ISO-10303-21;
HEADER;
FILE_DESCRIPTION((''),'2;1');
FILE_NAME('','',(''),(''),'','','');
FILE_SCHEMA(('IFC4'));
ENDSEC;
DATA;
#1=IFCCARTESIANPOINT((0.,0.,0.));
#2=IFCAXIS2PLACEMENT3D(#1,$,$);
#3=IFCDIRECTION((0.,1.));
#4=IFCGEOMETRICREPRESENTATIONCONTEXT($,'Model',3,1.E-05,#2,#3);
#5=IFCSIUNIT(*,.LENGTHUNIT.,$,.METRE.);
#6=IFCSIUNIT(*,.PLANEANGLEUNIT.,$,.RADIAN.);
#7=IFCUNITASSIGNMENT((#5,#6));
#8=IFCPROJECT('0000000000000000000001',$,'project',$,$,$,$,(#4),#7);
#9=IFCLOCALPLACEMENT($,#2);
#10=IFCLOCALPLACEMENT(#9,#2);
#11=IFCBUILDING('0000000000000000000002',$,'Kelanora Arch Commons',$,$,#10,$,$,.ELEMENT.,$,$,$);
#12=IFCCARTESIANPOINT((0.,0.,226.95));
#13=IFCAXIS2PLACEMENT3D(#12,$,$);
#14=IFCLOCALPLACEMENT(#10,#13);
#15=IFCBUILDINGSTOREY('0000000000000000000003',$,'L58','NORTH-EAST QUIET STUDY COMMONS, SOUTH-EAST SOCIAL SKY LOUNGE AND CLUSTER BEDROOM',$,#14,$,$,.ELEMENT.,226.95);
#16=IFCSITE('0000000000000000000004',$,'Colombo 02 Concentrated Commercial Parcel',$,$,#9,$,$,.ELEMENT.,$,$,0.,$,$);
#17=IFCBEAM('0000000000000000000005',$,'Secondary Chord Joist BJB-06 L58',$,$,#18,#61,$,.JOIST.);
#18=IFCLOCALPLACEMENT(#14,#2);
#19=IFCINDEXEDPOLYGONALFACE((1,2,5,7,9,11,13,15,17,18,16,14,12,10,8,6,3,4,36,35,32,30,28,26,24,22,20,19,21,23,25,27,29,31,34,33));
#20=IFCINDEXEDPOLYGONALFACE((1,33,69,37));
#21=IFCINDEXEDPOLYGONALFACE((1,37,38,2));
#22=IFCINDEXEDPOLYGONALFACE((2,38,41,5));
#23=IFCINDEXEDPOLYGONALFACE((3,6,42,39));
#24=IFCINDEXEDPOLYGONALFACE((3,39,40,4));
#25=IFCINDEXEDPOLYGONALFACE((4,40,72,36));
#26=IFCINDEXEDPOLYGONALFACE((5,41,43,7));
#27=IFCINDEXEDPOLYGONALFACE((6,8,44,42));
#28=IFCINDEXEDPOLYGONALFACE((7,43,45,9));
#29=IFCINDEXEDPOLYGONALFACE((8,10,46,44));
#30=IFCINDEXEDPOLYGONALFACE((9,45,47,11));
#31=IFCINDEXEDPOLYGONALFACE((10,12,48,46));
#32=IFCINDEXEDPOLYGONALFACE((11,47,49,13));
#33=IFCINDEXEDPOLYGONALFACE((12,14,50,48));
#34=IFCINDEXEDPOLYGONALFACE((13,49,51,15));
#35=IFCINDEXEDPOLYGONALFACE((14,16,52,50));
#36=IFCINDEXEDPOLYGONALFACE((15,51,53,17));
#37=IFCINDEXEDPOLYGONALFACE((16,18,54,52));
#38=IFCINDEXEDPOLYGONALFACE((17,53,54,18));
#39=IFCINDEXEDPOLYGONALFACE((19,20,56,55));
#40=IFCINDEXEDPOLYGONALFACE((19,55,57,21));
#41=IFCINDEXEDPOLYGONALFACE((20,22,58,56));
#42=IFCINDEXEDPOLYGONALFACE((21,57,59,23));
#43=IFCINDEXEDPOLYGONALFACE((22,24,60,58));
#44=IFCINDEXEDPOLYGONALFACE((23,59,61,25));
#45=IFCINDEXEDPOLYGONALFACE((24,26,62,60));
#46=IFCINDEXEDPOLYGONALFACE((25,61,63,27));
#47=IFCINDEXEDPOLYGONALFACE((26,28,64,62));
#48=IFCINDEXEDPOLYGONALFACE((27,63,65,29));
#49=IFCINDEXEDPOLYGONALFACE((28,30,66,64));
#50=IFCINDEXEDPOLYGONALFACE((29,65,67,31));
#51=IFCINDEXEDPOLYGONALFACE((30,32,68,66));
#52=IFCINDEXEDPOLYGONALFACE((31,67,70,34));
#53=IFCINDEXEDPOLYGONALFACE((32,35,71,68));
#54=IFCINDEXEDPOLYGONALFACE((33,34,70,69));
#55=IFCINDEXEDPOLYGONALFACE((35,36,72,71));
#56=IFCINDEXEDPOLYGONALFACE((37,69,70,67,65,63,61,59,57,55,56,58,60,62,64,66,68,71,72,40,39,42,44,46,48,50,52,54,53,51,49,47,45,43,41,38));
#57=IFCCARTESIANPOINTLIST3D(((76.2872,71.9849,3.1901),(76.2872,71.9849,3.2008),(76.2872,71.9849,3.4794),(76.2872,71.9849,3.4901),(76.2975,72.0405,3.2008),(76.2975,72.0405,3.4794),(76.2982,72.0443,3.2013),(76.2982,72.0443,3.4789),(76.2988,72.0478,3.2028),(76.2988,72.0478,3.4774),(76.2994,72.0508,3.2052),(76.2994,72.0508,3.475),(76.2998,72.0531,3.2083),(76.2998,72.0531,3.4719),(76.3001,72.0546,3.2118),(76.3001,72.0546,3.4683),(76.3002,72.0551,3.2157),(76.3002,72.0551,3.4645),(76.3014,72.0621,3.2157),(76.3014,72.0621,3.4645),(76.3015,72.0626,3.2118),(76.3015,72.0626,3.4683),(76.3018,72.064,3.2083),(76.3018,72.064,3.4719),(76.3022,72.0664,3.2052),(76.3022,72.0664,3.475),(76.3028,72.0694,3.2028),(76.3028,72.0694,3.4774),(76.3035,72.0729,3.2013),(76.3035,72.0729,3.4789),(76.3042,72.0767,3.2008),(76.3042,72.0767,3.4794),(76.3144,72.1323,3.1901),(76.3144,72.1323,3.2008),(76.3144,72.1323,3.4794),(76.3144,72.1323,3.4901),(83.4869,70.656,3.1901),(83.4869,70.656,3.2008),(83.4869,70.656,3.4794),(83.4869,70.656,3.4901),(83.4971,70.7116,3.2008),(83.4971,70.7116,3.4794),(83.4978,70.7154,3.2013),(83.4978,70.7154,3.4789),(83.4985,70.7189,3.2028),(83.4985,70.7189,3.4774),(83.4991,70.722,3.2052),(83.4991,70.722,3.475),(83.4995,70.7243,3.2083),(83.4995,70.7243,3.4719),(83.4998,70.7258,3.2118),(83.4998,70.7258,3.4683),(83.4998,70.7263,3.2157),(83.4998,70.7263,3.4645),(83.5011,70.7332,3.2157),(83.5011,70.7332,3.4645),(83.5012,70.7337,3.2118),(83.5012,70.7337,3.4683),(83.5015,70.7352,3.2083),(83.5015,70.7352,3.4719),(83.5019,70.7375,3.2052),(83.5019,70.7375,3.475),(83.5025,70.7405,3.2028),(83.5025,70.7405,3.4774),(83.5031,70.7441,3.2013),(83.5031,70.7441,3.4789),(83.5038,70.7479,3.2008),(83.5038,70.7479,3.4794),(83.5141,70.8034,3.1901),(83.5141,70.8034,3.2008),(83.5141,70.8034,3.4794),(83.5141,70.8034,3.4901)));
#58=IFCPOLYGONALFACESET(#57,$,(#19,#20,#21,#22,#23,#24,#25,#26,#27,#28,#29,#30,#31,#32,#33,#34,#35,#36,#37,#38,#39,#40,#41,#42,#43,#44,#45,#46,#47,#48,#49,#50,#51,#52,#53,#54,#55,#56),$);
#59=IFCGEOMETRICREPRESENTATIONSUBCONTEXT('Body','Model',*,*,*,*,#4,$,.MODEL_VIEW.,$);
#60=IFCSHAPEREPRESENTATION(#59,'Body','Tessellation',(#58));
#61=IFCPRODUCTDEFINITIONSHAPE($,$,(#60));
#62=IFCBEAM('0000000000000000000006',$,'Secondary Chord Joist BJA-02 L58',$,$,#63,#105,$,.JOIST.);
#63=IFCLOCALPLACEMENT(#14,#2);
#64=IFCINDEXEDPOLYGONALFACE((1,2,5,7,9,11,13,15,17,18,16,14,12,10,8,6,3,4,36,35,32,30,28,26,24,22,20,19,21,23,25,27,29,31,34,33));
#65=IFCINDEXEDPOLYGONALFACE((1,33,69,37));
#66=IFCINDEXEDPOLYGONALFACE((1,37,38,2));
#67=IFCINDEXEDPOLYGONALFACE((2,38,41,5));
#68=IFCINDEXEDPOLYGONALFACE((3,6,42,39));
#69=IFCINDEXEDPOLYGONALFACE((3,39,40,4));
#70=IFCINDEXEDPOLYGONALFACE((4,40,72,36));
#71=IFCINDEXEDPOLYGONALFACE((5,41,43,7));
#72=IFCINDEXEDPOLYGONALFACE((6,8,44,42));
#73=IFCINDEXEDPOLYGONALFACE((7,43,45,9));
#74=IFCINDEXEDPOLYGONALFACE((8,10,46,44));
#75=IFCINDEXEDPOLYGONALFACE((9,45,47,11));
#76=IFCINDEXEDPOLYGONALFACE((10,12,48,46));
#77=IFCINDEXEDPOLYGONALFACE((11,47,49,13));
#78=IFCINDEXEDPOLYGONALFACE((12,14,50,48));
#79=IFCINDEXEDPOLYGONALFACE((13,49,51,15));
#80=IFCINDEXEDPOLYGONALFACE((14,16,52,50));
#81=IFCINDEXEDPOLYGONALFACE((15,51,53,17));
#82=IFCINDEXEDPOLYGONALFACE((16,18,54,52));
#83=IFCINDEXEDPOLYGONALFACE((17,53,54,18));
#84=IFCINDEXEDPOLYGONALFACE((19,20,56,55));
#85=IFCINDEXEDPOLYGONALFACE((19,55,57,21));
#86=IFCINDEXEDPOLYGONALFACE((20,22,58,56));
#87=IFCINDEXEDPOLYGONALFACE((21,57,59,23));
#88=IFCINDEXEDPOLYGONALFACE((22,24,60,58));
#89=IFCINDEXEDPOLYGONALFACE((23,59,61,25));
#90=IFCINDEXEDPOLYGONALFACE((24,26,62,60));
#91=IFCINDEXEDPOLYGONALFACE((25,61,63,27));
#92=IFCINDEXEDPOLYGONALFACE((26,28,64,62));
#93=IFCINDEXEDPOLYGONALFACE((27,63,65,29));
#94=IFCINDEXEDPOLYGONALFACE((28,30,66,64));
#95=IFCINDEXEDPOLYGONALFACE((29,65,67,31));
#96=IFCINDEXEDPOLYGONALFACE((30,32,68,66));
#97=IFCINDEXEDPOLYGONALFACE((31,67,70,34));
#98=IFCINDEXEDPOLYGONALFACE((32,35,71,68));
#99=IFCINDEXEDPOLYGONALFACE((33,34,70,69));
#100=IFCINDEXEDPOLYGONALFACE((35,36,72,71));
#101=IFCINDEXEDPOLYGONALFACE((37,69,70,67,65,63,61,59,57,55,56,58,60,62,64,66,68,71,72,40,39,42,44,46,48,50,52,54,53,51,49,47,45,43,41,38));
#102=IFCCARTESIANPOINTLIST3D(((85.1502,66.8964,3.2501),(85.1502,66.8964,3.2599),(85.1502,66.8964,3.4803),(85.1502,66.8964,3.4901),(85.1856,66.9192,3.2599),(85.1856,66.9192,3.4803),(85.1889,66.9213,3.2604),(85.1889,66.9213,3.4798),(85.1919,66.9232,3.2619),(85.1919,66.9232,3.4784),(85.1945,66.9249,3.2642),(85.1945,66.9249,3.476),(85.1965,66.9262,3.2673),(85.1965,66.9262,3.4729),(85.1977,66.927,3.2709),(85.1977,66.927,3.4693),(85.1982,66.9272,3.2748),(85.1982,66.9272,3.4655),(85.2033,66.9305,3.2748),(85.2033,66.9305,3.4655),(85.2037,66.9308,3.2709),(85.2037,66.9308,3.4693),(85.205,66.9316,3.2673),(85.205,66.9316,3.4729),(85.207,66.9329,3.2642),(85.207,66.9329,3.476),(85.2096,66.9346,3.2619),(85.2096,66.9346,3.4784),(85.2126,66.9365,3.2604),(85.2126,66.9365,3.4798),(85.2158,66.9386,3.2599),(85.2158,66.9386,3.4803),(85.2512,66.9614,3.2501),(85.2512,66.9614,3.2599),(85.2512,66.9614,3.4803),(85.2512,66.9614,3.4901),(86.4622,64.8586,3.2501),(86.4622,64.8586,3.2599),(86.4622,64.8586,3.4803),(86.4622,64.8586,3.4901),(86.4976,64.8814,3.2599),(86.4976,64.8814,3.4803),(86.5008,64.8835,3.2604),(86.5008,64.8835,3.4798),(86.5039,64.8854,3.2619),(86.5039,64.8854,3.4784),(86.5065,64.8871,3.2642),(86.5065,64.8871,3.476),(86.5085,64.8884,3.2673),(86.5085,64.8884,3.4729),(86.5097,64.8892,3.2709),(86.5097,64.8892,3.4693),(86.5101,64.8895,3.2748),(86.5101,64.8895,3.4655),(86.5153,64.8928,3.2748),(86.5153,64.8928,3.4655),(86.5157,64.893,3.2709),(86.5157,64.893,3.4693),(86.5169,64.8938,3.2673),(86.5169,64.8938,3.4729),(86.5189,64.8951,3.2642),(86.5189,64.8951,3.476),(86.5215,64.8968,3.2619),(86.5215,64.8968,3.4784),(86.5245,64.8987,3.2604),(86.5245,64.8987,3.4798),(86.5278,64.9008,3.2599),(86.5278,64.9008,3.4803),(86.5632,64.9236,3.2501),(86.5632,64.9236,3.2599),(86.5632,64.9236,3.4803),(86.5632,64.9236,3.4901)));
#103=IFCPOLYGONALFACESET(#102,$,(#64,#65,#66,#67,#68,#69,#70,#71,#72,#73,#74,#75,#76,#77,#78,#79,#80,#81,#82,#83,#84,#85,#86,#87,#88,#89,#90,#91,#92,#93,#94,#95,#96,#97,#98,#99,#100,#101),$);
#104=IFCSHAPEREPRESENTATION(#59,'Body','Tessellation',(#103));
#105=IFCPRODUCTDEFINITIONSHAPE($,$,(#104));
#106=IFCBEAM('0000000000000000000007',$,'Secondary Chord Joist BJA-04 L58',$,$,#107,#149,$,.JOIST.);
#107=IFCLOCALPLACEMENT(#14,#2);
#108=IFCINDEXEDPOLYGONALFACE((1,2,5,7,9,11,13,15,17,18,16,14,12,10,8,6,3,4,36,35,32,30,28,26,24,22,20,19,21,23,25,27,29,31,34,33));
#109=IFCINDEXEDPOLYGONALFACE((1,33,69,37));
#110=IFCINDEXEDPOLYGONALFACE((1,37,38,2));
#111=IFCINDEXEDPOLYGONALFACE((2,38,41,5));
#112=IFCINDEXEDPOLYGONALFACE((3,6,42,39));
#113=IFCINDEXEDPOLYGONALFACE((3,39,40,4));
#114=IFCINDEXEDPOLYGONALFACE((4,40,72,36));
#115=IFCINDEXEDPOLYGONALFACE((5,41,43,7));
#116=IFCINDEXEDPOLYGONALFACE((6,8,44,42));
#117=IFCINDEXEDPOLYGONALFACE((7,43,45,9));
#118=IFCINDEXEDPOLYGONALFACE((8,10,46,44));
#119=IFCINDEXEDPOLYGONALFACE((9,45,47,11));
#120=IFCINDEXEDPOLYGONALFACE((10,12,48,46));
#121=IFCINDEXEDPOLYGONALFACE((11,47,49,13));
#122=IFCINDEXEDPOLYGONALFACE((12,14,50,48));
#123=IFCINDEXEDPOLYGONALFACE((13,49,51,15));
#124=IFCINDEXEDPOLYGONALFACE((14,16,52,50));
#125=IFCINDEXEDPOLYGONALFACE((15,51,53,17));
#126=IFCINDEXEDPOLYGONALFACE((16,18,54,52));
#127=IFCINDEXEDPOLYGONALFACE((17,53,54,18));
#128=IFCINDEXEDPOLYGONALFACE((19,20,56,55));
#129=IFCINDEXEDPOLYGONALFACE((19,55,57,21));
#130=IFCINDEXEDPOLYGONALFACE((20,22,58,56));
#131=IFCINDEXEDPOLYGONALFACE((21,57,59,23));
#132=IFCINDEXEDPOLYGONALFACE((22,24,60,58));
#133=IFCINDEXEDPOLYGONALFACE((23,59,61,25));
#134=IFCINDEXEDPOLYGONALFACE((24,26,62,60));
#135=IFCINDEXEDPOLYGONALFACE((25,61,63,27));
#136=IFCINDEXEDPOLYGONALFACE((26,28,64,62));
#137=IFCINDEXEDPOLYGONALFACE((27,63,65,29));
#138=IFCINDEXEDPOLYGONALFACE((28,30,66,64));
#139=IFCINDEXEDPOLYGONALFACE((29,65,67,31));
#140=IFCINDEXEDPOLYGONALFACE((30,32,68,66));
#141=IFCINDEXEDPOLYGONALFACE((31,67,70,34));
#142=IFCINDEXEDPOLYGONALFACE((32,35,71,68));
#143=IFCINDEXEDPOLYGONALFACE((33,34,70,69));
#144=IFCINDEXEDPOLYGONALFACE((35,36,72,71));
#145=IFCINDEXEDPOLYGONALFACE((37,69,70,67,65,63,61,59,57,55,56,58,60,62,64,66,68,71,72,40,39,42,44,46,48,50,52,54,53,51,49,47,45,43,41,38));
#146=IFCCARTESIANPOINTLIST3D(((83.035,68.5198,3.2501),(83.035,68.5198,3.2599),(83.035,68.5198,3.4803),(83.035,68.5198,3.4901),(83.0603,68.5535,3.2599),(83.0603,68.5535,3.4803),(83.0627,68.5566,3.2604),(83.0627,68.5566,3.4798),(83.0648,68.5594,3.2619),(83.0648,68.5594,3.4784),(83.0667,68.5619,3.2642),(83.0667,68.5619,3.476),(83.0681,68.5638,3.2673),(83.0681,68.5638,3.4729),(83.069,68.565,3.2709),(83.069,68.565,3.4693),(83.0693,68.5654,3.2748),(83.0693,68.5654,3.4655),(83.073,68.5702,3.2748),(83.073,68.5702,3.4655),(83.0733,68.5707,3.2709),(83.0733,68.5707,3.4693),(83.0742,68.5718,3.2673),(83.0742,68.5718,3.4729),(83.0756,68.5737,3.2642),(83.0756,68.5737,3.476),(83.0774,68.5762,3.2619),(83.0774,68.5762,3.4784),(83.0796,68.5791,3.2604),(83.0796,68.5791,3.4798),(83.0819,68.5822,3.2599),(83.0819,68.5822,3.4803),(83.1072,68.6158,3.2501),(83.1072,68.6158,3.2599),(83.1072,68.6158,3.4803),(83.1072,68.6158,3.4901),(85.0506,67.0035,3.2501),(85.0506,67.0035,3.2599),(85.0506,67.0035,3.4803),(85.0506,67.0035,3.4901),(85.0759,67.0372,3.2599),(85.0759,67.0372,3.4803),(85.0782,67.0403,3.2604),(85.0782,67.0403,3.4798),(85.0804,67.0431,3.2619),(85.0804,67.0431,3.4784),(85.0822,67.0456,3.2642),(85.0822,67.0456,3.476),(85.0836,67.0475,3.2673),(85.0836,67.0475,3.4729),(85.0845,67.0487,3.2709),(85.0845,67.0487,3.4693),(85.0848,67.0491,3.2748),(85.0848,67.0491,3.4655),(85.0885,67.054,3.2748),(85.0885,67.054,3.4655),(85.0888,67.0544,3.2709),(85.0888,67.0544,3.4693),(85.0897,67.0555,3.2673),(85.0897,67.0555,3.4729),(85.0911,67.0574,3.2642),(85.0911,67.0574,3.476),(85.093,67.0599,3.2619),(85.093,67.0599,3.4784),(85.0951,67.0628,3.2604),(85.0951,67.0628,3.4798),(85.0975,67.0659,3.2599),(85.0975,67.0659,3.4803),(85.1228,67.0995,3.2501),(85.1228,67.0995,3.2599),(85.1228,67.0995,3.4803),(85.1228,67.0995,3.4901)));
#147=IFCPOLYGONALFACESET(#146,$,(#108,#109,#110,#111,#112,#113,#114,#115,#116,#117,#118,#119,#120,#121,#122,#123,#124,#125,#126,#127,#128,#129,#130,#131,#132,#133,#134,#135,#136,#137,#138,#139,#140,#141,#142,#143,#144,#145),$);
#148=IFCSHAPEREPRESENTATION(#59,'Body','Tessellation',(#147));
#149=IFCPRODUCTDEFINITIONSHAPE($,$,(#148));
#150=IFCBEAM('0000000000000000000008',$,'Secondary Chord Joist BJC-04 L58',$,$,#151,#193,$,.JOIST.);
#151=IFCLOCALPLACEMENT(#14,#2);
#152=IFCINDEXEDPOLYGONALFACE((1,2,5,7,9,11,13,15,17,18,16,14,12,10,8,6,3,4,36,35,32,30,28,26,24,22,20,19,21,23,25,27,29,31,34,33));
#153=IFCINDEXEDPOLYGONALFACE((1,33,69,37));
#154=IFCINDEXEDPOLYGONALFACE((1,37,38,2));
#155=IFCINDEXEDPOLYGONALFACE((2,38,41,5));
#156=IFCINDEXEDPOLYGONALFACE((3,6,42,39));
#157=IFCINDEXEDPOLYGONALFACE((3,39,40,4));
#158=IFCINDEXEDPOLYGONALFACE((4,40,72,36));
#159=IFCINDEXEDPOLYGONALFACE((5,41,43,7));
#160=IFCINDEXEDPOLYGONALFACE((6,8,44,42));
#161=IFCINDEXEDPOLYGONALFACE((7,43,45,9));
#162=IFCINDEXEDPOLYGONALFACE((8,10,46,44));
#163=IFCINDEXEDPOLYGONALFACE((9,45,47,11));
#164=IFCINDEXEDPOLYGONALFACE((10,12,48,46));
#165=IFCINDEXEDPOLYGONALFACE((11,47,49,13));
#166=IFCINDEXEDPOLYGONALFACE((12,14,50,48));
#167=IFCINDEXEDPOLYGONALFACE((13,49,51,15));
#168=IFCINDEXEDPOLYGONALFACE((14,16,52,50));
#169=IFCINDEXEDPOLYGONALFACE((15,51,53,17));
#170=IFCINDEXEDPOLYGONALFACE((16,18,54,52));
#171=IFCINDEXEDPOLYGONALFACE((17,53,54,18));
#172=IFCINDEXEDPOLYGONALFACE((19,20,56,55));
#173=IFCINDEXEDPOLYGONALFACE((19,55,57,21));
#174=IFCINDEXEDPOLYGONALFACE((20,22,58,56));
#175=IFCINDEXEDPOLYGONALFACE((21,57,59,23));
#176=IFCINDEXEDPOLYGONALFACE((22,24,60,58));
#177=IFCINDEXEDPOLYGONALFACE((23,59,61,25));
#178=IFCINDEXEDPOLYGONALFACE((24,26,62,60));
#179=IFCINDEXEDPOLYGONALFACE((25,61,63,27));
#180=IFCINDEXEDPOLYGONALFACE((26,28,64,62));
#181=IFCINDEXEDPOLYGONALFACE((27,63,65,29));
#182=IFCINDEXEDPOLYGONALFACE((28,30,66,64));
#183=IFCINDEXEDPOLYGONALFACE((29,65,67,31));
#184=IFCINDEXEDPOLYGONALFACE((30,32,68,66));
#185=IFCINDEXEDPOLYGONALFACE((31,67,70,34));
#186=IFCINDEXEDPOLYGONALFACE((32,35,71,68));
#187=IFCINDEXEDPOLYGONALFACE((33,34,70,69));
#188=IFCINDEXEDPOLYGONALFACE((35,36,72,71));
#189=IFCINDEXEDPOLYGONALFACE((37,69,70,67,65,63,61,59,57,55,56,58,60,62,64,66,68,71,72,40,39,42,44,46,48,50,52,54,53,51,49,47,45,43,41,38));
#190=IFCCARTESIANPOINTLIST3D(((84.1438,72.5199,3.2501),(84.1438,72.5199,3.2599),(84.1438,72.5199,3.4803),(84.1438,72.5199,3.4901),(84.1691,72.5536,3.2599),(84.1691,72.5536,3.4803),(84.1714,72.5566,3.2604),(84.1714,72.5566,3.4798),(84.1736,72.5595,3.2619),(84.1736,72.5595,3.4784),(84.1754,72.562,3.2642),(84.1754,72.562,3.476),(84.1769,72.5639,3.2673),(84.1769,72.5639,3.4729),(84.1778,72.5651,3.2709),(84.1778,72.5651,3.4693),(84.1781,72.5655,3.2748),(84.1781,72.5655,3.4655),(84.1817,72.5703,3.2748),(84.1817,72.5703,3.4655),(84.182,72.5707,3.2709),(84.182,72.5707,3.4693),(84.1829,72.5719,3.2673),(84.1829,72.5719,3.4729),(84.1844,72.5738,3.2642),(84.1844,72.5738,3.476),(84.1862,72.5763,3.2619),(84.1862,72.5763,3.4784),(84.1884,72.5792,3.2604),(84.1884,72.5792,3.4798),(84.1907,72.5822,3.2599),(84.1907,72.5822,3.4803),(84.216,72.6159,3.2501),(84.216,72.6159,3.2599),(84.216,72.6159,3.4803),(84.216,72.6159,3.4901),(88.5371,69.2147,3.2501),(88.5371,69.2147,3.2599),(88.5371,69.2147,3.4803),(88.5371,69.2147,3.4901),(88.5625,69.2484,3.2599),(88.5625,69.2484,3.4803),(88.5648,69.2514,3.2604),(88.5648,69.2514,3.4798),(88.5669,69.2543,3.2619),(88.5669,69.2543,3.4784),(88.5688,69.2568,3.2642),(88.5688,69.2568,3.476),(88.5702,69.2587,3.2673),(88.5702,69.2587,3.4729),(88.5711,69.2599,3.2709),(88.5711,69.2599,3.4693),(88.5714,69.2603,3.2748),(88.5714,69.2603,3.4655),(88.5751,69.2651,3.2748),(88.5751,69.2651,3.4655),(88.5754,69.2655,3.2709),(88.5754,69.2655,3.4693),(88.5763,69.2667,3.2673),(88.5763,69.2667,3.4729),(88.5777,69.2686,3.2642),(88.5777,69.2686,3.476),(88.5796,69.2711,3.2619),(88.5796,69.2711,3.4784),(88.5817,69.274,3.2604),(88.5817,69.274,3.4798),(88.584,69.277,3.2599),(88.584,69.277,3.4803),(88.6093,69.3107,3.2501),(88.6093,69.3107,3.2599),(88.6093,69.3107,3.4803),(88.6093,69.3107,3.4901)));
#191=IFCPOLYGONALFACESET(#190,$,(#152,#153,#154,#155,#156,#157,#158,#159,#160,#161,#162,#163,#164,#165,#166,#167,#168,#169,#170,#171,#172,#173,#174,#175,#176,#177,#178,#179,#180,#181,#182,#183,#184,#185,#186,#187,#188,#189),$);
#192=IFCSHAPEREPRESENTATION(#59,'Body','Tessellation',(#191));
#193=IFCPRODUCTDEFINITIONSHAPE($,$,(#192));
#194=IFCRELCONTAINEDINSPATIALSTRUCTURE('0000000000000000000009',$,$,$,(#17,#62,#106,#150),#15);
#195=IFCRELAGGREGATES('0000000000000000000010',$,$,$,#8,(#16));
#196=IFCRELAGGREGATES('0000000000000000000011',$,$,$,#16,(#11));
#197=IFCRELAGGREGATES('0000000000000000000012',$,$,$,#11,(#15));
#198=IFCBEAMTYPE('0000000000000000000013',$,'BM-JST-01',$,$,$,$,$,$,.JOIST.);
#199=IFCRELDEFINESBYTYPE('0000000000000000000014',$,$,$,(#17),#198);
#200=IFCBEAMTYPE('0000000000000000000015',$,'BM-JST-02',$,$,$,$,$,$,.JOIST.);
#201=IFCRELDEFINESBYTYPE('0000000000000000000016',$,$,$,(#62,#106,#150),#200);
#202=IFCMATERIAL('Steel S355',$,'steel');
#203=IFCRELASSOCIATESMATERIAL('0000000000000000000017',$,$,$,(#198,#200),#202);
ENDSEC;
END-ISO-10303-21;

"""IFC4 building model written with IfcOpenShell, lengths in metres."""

from ifc_helpers import new_model, si_unit, direction, frame, origin, origin_2d, place, context, subcontext, project, spatial, i_section, extrude, material, material_profile, profile_set, type_object, element, save


model = new_model("IFC4")

# Units and contexts
model_context = context("Model", 3, precision=1e-05, world=origin(), true_north=direction((0.0, 1.0)))
body_context = subcontext(model_context, "Body", "Model", "MODEL_VIEW")
ifc_project = project(units=[si_unit("LENGTHUNIT", "METRE"), si_unit("PLANEANGLEUNIT", "RADIAN")], contexts=[model_context])

# Site, building, storey
site_placement = place(None, origin())
site = spatial("IfcSite", under=ifc_project, at=site_placement, Name="Colombo 02 Concentrated Commercial Parcel", CompositionType="ELEMENT", RefElevation=0.0)
building_placement = place(site_placement, origin())
building = spatial("IfcBuilding", under=site, at=building_placement, Name="Kelanora Arch Commons", CompositionType="ELEMENT")
storey_placement = place(building_placement, frame((0.0, 0.0, 226.95)))
storey = spatial("IfcBuildingStorey", under=building, at=storey_placement, Name="L58", Description="NORTH-EAST QUIET STUDY COMMONS, SOUTH-EAST SOCIAL SKY LOUNGE AND CLUSTER BEDROOM", CompositionType="ELEMENT", Elevation=226.95)

# Beams
ifc_material_1 = material(Name="Steel S355", Category="steel")
ifc_material_profile_1 = material_profile(ifc_material_1, i_section(OverallWidth=0.1499, OverallDepth=0.3, WebThickness=0.0071, FlangeThickness=0.0107, FilletRadius=0.0149, at=origin_2d()), Name="IPE300")
ifc_profile_set_1 = profile_set([ifc_material_profile_1], Name="Steel S355")
beam_type_1 = type_object("IfcBeamType", Name="BM-JST-01", PredefinedType="JOIST", material=ifc_profile_set_1)
beam_1_placement = place(storey_placement, frame((83.5005, 70.7297, 3.3401), z_axis=(-0.98339, 0.181505, 0.0), x_axis=(-0.181505, -0.98339, 0.0)))
element("IfcBeam", 1, at=beam_1_placement, inside=storey, type_object=beam_type_1, Name="Secondary Chord Joist BJB-06 L58", PredefinedType="JOIST", context=body_context, shape_type="SweptSolid", body=[
    extrude(i_section(OverallWidth=0.1499, OverallDepth=0.3, WebThickness=0.0071, FlangeThickness=0.0107, FilletRadius=0.0149, at=origin_2d()), origin(), (0.0, 0.0, 1.0), 7.3213),
])
ifc_material_profile_2 = material_profile(ifc_material_1, i_section(OverallWidth=0.1201, OverallDepth=0.24, WebThickness=0.0061, FlangeThickness=0.0098, FilletRadius=0.0149, at=origin_2d()), Name="IPE240")
ifc_profile_set_2 = profile_set([ifc_material_profile_2], Name="Steel S355")
beam_type_2 = type_object("IfcBeamType", Name="BM-JST-02", PredefinedType="JOIST", material=ifc_profile_set_2)
beam_2_placement = place(storey_placement, frame((86.5127, 64.8911, 3.3701), z_axis=(-0.541333, 0.840808, 0.0), x_axis=(-0.840808, -0.541333, 0.0)))
element("IfcBeam", 2, at=beam_2_placement, inside=storey, type_object=beam_type_2, Name="Secondary Chord Joist BJA-02 L58", PredefinedType="JOIST", context=body_context, shape_type="SweptSolid", body=[
    extrude(i_section(OverallWidth=0.1201, OverallDepth=0.24, WebThickness=0.0061, FlangeThickness=0.0098, FilletRadius=0.0149, at=origin_2d()), origin(), (0.0, 0.0, 1.0), 2.4236),
])
beam_3_placement = place(storey_placement, frame((85.0867, 67.0515, 3.3701), z_axis=(-0.799116, 0.601176, 0.0), x_axis=(-0.601176, -0.799116, 0.0)))
element("IfcBeam", 3, at=beam_3_placement, inside=storey, type_object=beam_type_2, Name="Secondary Chord Joist BJA-04 L58", PredefinedType="JOIST", context=body_context, shape_type="SweptSolid", body=[
    extrude(i_section(OverallWidth=0.1201, OverallDepth=0.24, WebThickness=0.0061, FlangeThickness=0.0098, FilletRadius=0.0149, at=origin_2d()), origin(), (0.0, 0.0, 1.0), 2.5222),
])
beam_4_placement = place(storey_placement, frame((88.5732, 69.2627, 3.3701), z_axis=(-0.799109, 0.601186, 0.0), x_axis=(-0.601186, -0.799109, 0.0)))
element("IfcBeam", 4, at=beam_4_placement, inside=storey, type_object=beam_type_2, Name="Secondary Chord Joist BJC-04 L58", PredefinedType="JOIST", context=body_context, shape_type="SweptSolid", body=[
    extrude(i_section(OverallWidth=0.1201, OverallDepth=0.24, WebThickness=0.0061, FlangeThickness=0.0098, FilletRadius=0.0149, at=origin_2d()), origin(), (0.0, 0.0, 1.0), 5.4978),
])

save(model, "model.ifc")
